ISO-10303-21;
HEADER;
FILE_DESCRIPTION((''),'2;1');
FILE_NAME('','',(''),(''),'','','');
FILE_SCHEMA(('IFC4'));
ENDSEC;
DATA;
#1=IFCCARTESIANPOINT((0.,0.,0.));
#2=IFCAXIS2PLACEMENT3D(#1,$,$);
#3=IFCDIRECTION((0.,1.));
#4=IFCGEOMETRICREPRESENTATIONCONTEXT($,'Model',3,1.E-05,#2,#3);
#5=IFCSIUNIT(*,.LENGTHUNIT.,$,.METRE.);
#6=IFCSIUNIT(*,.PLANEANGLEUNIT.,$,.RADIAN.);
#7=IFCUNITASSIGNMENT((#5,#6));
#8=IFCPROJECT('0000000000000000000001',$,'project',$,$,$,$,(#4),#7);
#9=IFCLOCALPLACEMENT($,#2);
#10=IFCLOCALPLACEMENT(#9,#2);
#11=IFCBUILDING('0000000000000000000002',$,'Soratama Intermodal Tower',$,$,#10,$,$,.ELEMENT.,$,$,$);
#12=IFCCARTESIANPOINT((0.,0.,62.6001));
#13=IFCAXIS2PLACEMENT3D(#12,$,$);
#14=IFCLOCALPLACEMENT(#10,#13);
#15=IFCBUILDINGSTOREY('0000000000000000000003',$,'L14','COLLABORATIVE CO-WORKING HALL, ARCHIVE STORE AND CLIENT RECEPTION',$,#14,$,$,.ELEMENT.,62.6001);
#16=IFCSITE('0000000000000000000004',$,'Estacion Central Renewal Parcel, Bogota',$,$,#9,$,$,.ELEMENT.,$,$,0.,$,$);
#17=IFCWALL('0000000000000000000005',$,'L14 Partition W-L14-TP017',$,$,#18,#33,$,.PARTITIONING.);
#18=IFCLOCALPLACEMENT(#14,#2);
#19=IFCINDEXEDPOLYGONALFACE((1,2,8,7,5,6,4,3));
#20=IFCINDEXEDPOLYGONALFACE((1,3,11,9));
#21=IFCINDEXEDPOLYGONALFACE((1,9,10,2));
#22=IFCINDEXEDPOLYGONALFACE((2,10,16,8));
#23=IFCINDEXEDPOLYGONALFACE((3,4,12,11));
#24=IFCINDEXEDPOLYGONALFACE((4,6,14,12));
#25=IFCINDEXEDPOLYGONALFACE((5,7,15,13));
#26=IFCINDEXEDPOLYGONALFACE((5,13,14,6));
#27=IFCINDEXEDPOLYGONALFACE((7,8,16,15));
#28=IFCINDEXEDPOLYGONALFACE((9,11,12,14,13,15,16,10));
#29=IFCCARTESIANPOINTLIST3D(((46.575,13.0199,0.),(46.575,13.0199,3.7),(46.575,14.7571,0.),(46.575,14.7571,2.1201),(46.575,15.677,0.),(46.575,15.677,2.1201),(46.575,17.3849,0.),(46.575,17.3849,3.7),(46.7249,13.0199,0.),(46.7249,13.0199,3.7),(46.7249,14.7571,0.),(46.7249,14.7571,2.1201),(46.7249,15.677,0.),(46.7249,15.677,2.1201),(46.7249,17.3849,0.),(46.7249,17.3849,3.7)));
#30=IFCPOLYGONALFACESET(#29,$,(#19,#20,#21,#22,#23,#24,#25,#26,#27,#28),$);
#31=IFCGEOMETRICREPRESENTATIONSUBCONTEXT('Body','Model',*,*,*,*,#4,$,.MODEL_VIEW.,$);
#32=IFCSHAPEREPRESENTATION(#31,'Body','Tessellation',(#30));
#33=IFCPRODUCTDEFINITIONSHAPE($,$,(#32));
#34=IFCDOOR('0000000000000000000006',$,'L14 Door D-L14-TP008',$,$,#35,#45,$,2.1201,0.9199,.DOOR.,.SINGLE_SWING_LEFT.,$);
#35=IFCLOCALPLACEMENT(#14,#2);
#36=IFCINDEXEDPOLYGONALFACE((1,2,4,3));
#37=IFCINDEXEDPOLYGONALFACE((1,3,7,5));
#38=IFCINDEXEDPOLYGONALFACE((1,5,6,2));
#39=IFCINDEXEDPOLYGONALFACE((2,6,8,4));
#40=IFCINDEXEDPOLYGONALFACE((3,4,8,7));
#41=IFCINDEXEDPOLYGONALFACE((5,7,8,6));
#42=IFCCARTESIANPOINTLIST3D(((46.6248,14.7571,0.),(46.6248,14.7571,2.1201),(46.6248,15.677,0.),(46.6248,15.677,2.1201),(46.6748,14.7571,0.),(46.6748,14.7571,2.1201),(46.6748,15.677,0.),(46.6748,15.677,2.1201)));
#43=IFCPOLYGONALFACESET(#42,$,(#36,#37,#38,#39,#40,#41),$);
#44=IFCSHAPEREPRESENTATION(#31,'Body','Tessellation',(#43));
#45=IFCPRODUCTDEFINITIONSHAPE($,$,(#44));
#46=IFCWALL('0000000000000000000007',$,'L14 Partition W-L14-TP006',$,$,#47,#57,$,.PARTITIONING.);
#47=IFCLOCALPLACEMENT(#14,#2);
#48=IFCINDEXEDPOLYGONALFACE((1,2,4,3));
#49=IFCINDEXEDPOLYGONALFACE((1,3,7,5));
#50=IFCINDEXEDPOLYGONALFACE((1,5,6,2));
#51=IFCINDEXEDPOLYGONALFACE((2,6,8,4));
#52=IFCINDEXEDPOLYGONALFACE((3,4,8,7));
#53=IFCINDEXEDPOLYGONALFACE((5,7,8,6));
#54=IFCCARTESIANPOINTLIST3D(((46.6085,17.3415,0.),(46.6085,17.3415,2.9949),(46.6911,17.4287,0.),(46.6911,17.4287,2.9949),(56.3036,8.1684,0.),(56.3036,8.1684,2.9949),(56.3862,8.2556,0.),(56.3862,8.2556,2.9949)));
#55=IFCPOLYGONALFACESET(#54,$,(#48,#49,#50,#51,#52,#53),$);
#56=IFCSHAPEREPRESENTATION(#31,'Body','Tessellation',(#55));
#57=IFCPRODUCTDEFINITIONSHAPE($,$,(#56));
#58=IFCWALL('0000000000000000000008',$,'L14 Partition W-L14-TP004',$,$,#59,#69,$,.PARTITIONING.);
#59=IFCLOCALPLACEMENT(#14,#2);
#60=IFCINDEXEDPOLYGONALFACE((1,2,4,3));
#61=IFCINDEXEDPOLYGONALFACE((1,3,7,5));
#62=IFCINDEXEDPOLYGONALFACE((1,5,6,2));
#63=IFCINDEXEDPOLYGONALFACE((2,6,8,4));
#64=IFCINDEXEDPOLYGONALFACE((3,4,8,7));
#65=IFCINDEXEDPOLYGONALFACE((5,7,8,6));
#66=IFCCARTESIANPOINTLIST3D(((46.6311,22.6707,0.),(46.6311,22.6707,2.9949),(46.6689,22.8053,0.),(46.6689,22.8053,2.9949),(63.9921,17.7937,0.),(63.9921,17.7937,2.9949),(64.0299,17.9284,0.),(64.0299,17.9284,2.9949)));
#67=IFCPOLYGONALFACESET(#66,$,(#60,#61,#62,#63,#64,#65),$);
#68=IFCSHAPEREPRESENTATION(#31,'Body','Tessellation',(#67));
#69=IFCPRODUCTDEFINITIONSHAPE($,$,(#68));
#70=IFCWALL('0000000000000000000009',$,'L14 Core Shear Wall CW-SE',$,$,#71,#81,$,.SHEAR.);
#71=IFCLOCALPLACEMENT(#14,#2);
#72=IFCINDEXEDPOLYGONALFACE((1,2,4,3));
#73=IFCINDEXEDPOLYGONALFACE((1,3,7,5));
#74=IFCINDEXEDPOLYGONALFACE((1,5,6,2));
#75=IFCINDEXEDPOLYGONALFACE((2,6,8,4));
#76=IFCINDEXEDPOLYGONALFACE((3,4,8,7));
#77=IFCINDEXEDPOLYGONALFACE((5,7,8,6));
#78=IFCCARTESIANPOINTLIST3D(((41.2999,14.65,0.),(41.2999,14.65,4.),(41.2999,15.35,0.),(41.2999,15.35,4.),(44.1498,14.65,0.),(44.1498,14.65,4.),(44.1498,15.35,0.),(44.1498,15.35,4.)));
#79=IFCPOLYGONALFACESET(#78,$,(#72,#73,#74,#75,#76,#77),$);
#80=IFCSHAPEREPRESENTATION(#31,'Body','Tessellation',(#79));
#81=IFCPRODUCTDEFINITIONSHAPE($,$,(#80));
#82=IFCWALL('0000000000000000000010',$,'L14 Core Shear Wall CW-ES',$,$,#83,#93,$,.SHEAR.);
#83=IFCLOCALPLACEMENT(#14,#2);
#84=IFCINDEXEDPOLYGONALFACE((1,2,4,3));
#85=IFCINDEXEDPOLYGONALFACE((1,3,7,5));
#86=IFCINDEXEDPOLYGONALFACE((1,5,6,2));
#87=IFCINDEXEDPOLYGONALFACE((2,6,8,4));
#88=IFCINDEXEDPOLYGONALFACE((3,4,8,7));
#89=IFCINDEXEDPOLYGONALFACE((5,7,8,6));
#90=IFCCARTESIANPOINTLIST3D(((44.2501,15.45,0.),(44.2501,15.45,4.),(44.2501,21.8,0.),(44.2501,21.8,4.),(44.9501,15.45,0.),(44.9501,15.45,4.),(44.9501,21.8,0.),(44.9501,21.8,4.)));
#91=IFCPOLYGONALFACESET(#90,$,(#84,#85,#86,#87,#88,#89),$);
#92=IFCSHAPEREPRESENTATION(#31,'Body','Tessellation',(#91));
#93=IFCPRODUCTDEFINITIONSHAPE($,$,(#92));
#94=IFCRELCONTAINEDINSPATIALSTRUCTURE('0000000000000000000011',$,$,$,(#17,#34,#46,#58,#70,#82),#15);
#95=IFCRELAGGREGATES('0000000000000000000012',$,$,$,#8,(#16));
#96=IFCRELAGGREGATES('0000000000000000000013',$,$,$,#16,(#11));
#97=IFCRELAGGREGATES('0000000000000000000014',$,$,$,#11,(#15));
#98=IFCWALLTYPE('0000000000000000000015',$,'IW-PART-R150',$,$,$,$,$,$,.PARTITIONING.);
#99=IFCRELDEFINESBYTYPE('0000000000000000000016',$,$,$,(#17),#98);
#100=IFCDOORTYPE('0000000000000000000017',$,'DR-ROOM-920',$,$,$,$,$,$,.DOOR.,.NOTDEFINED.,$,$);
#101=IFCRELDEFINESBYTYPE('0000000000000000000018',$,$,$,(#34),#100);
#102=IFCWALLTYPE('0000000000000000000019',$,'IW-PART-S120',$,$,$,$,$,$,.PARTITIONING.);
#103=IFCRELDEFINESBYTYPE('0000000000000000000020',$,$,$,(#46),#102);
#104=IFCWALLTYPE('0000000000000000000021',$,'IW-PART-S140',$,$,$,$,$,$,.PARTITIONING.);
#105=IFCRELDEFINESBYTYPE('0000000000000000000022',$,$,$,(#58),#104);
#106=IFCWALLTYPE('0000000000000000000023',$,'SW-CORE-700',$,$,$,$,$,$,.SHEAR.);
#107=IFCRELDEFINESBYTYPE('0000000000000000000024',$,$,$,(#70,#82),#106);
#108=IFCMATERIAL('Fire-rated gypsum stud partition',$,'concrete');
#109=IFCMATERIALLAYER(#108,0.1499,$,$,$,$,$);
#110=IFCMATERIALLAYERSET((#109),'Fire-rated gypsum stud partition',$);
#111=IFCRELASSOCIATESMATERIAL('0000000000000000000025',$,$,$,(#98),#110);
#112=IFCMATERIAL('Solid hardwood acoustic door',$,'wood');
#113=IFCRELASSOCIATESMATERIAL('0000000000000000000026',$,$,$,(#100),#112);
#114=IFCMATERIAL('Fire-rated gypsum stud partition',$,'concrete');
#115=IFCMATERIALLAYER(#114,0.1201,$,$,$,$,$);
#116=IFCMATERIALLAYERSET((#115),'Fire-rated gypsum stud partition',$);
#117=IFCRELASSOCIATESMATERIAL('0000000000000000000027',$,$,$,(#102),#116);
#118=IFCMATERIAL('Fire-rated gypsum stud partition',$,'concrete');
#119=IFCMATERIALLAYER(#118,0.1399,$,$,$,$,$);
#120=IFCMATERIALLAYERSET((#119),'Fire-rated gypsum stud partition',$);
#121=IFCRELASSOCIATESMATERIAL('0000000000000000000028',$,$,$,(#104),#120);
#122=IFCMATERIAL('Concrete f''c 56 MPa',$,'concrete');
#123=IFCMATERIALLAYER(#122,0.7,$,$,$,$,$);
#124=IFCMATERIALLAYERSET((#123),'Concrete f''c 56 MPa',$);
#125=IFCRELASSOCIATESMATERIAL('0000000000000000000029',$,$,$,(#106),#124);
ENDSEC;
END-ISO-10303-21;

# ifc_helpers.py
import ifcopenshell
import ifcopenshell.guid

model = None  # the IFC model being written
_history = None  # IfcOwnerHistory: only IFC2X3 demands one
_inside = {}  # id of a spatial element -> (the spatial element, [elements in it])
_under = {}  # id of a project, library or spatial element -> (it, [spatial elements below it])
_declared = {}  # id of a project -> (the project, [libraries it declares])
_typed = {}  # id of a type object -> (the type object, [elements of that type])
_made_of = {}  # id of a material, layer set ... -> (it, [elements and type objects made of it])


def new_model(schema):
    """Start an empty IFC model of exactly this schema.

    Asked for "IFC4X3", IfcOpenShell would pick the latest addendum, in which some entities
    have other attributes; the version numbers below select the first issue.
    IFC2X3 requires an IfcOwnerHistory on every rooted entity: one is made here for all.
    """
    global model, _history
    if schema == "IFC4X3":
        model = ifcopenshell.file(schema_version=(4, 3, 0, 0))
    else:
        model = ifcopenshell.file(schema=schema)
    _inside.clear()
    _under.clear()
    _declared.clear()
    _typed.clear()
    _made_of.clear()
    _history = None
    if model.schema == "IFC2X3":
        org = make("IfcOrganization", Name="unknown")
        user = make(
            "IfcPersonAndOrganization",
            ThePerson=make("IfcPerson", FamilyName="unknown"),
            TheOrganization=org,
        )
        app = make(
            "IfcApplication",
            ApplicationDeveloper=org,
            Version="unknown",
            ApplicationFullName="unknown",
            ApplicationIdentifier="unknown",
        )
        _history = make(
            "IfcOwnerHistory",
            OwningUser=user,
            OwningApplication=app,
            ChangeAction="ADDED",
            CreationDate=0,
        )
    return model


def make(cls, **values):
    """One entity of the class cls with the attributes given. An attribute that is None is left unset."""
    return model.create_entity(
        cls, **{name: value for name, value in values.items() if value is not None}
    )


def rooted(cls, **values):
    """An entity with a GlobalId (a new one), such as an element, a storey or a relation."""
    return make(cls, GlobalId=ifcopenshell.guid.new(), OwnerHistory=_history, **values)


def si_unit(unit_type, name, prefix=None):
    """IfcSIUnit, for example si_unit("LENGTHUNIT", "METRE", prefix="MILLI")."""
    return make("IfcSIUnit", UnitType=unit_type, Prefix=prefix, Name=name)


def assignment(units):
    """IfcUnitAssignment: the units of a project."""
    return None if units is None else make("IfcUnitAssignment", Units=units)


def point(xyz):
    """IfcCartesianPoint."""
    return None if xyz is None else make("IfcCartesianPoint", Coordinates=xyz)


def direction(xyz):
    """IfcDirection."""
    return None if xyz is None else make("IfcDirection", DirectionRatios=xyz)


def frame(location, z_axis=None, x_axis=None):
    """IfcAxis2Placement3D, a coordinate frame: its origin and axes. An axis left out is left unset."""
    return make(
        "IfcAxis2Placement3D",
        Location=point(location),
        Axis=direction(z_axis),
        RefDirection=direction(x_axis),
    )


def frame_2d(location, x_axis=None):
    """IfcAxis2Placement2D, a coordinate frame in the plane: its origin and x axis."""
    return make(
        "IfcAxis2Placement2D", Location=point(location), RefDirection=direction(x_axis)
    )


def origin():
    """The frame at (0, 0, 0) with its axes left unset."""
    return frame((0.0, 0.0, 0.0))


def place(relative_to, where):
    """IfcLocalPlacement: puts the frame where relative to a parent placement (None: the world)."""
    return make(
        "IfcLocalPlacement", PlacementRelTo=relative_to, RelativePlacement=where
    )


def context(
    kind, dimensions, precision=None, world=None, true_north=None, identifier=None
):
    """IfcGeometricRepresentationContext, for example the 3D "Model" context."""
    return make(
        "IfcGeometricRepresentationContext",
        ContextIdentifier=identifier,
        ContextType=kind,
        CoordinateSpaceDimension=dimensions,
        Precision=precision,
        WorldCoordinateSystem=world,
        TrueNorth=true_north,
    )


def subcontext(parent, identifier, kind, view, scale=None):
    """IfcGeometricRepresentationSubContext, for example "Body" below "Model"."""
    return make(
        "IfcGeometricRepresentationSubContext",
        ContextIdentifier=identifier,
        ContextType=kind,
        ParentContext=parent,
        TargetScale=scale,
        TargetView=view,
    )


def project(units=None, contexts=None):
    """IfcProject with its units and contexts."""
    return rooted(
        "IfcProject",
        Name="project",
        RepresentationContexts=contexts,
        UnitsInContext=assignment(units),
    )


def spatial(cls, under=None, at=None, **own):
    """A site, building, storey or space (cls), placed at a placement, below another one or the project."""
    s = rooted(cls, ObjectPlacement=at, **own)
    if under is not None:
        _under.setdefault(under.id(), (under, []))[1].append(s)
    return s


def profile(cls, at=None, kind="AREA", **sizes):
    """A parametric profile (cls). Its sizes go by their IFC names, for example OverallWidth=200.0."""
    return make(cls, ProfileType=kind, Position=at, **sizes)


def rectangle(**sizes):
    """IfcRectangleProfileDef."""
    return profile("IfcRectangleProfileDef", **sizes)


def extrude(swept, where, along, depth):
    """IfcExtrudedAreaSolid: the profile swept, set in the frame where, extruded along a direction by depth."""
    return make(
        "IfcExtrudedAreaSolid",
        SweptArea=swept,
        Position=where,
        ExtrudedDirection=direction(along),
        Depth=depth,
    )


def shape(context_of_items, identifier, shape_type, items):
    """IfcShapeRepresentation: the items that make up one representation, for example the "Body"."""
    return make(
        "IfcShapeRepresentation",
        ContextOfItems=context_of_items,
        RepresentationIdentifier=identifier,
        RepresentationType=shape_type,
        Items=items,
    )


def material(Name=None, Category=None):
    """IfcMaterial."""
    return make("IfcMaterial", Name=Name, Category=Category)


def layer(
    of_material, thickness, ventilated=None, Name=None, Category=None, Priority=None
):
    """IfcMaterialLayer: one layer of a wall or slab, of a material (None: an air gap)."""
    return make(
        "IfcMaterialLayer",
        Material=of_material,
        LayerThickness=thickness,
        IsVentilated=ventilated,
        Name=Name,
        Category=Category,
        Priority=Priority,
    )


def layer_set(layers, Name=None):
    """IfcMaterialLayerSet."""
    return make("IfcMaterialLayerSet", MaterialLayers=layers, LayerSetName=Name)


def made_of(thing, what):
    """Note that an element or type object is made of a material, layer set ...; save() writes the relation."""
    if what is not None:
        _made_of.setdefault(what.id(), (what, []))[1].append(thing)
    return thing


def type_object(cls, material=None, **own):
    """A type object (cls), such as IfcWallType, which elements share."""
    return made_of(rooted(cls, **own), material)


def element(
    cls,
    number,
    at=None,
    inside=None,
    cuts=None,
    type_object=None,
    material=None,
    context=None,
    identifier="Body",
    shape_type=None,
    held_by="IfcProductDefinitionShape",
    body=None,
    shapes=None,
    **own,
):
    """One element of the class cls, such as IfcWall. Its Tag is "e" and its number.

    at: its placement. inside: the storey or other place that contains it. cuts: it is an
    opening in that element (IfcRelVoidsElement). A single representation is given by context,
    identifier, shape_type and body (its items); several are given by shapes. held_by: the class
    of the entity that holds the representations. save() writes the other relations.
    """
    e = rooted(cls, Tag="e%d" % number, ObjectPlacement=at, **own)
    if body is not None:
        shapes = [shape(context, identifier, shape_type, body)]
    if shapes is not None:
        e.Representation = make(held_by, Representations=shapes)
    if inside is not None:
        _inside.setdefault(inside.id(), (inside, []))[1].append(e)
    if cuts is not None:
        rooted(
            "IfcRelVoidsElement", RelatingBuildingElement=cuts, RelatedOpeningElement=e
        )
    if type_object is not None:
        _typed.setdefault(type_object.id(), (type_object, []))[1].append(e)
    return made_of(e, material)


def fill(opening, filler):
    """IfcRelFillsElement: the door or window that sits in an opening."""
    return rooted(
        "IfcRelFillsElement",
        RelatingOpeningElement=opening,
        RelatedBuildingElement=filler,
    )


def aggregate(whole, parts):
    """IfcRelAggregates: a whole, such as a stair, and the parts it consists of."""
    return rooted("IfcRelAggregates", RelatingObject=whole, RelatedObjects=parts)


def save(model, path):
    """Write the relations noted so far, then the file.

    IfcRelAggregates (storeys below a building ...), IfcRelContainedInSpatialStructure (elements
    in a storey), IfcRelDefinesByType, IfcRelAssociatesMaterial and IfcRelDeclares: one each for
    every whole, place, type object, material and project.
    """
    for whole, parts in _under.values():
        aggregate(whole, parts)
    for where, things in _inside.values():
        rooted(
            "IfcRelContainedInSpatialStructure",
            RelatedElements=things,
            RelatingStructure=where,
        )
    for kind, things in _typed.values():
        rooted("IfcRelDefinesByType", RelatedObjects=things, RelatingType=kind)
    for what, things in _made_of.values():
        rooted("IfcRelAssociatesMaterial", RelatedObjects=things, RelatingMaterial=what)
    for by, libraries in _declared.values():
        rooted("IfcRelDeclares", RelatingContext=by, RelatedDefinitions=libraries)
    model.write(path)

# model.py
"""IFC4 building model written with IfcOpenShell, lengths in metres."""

from ifc_helpers import new_model, si_unit, direction, frame, frame_2d, origin, place, context, subcontext, project, spatial, rectangle, extrude, material, layer, layer_set, type_object, element, fill, save


model = new_model("IFC4")

# Units and contexts
model_context = context("Model", 3, precision=1e-05, world=origin(), true_north=direction((0.0, 1.0)))
body_context = subcontext(model_context, "Body", "Model", "MODEL_VIEW")
ifc_project = project(units=[si_unit("LENGTHUNIT", "METRE"), si_unit("PLANEANGLEUNIT", "RADIAN")], contexts=[model_context])

# Site, building, storey
site_placement = place(None, origin())
site = spatial("IfcSite", under=ifc_project, at=site_placement, Name="Estacion Central Renewal Parcel, Bogota", CompositionType="ELEMENT", RefElevation=0.0)
building_placement = place(site_placement, origin())
building = spatial("IfcBuilding", under=site, at=building_placement, Name="Soratama Intermodal Tower", CompositionType="ELEMENT")
storey_placement = place(building_placement, frame((0.0, 0.0, 62.6001)))
storey = spatial("IfcBuildingStorey", under=building, at=storey_placement, Name="L14", Description="COLLABORATIVE CO-WORKING HALL, ARCHIVE STORE AND CLIENT RECEPTION", CompositionType="ELEMENT", Elevation=62.6001)

# Wall, opening, door
ifc_material_1 = material(Name="Fire-rated gypsum stud partition", Category="concrete")
ifc_layer_1 = layer(ifc_material_1, 0.1499)
ifc_layer_set_1 = layer_set([ifc_layer_1], Name="Fire-rated gypsum stud partition")
wall_type_1 = type_object("IfcWallType", Name="IW-PART-R150", PredefinedType="PARTITIONING", material=ifc_layer_set_1)
ifc_material_2 = material(Name="Solid hardwood acoustic door", Category="wood")
door_type_1 = type_object("IfcDoorType", Name="DR-ROOM-920", OperationType="NOTDEFINED", PredefinedType="DOOR", material=ifc_material_2)
wall_1_placement = place(storey_placement, frame((46.6499, 17.385, 0.0), z_axis=(0.0, 0.0, 1.0), x_axis=(0.0, -1.0, 0.0)))
wall_1 = element("IfcWall", 1, at=wall_1_placement, inside=storey, type_object=wall_type_1, Name="L14 Partition W-L14-TP017", PredefinedType="PARTITIONING", context=body_context, shape_type="SweptSolid", body=[
    extrude(rectangle(XDim=4.365, YDim=0.1499, at=frame_2d((2.1826, 0.0))), origin(), (0.0, 0.0, 1.0), 3.7),
])
opening_1_placement = place(wall_1_placement, frame((1.708, 0.0, 0.0)))
opening_1 = element("IfcOpeningElement", 2, at=opening_1_placement, cuts=wall_1, PredefinedType="OPENING", context=body_context, shape_type="SweptSolid", body=[
    extrude(rectangle(XDim=0.9199, YDim=2.1201, at=frame_2d((0.46, 1.0601))), frame((0.0, 0.085, 0.0), z_axis=(0.0, -1.0, 0.0), x_axis=(1.0, 0.0, 0.0)), (0.0, 0.0, 1.0), 0.1699),
])
door_1_placement = place(opening_1_placement, origin())
door_1 = element("IfcDoor", 3, at=door_1_placement, inside=storey, type_object=door_type_1, Name="L14 Door D-L14-TP008", OperationType="SINGLE_SWING_LEFT", OverallHeight=2.1201, OverallWidth=0.9199, PredefinedType="DOOR", context=body_context, shape_type="SweptSolid", body=[
    extrude(rectangle(XDim=0.9199, YDim=2.1201, at=frame_2d((0.46, 1.0601))), frame((0.0, 0.0249, 0.0), z_axis=(0.0, -1.0, 0.0), x_axis=(1.0, 0.0, 0.0)), (0.0, 0.0, 1.0), 0.05),
])
fill(opening_1, door_1)

# Walls
ifc_material_3 = material(Name="Fire-rated gypsum stud partition", Category="concrete")
ifc_layer_2 = layer(ifc_material_3, 0.1201)
ifc_layer_set_2 = layer_set([ifc_layer_2], Name="Fire-rated gypsum stud partition")
wall_type_2 = type_object("IfcWallType", Name="IW-PART-S120", PredefinedType="PARTITIONING", material=ifc_layer_set_2)
wall_2_placement = place(storey_placement, frame((46.6499, 17.385, 0.0), z_axis=(0.0, 0.0, 1.0), x_axis=(0.72639, -0.687282, 0.0)))
element("IfcWall", 4, at=wall_2_placement, inside=storey, type_object=wall_type_2, Name="L14 Partition W-L14-TP006", PredefinedType="PARTITIONING", context=body_context, shape_type="SweptSolid", body=[
    extrude(rectangle(XDim=13.3469, YDim=0.1201, at=frame_2d((6.6733, 0.0))), origin(), (0.0, 0.0, 1.0), 2.9949),
])
ifc_material_4 = material(Name="Fire-rated gypsum stud partition", Category="concrete")
ifc_layer_3 = layer(ifc_material_4, 0.1399)
ifc_layer_set_3 = layer_set([ifc_layer_3], Name="Fire-rated gypsum stud partition")
wall_type_3 = type_object("IfcWallType", Name="IW-PART-S140", PredefinedType="PARTITIONING", material=ifc_layer_set_3)
wall_3_placement = place(storey_placement, frame((46.6499, 22.738, 0.0), z_axis=(0.0, 0.0, 1.0), x_axis=(0.962735, -0.270445, 0.0)))
element("IfcWall", 5, at=wall_3_placement, inside=storey, type_object=wall_type_3, Name="L14 Partition W-L14-TP004", PredefinedType="PARTITIONING", context=body_context, shape_type="SweptSolid", body=[
    extrude(rectangle(XDim=18.033, YDim=0.1399, at=frame_2d((9.0166, 0.0))), origin(), (0.0, 0.0, 1.0), 2.9949),
])
ifc_material_5 = material(Name="Concrete f'c 56 MPa", Category="concrete")
ifc_layer_4 = layer(ifc_material_5, 0.7)
ifc_layer_set_4 = layer_set([ifc_layer_4], Name="Concrete f'c 56 MPa")
wall_type_4 = type_object("IfcWallType", Name="SW-CORE-700", PredefinedType="SHEAR", material=ifc_layer_set_4)
wall_4_placement = place(storey_placement, frame((41.3, 15.0, 0.0), z_axis=(0.0, 0.0, 1.0), x_axis=(1.0, 0.0, 0.0)))
element("IfcWall", 6, at=wall_4_placement, inside=storey, type_object=wall_type_4, Name="L14 Core Shear Wall CW-SE", PredefinedType="SHEAR", context=body_context, shape_type="SweptSolid", body=[
    extrude(rectangle(XDim=2.8499, YDim=0.7, at=frame_2d((1.4248, 0.0))), origin(), (0.0, 0.0, 1.0), 4.0),
])
wall_5_placement = place(storey_placement, frame((44.6001, 15.45, 0.0), z_axis=(0.0, 0.0, 1.0), x_axis=(0.0, 1.0, 0.0)))
element("IfcWall", 7, at=wall_5_placement, inside=storey, type_object=wall_type_4, Name="L14 Core Shear Wall CW-ES", PredefinedType="SHEAR", context=body_context, shape_type="SweptSolid", body=[
    extrude(rectangle(XDim=6.3501, YDim=0.7, at=frame_2d((3.175, 0.0))), origin(), (0.0, 0.0, 1.0), 4.0),
])

save(model, "model.ifc")
